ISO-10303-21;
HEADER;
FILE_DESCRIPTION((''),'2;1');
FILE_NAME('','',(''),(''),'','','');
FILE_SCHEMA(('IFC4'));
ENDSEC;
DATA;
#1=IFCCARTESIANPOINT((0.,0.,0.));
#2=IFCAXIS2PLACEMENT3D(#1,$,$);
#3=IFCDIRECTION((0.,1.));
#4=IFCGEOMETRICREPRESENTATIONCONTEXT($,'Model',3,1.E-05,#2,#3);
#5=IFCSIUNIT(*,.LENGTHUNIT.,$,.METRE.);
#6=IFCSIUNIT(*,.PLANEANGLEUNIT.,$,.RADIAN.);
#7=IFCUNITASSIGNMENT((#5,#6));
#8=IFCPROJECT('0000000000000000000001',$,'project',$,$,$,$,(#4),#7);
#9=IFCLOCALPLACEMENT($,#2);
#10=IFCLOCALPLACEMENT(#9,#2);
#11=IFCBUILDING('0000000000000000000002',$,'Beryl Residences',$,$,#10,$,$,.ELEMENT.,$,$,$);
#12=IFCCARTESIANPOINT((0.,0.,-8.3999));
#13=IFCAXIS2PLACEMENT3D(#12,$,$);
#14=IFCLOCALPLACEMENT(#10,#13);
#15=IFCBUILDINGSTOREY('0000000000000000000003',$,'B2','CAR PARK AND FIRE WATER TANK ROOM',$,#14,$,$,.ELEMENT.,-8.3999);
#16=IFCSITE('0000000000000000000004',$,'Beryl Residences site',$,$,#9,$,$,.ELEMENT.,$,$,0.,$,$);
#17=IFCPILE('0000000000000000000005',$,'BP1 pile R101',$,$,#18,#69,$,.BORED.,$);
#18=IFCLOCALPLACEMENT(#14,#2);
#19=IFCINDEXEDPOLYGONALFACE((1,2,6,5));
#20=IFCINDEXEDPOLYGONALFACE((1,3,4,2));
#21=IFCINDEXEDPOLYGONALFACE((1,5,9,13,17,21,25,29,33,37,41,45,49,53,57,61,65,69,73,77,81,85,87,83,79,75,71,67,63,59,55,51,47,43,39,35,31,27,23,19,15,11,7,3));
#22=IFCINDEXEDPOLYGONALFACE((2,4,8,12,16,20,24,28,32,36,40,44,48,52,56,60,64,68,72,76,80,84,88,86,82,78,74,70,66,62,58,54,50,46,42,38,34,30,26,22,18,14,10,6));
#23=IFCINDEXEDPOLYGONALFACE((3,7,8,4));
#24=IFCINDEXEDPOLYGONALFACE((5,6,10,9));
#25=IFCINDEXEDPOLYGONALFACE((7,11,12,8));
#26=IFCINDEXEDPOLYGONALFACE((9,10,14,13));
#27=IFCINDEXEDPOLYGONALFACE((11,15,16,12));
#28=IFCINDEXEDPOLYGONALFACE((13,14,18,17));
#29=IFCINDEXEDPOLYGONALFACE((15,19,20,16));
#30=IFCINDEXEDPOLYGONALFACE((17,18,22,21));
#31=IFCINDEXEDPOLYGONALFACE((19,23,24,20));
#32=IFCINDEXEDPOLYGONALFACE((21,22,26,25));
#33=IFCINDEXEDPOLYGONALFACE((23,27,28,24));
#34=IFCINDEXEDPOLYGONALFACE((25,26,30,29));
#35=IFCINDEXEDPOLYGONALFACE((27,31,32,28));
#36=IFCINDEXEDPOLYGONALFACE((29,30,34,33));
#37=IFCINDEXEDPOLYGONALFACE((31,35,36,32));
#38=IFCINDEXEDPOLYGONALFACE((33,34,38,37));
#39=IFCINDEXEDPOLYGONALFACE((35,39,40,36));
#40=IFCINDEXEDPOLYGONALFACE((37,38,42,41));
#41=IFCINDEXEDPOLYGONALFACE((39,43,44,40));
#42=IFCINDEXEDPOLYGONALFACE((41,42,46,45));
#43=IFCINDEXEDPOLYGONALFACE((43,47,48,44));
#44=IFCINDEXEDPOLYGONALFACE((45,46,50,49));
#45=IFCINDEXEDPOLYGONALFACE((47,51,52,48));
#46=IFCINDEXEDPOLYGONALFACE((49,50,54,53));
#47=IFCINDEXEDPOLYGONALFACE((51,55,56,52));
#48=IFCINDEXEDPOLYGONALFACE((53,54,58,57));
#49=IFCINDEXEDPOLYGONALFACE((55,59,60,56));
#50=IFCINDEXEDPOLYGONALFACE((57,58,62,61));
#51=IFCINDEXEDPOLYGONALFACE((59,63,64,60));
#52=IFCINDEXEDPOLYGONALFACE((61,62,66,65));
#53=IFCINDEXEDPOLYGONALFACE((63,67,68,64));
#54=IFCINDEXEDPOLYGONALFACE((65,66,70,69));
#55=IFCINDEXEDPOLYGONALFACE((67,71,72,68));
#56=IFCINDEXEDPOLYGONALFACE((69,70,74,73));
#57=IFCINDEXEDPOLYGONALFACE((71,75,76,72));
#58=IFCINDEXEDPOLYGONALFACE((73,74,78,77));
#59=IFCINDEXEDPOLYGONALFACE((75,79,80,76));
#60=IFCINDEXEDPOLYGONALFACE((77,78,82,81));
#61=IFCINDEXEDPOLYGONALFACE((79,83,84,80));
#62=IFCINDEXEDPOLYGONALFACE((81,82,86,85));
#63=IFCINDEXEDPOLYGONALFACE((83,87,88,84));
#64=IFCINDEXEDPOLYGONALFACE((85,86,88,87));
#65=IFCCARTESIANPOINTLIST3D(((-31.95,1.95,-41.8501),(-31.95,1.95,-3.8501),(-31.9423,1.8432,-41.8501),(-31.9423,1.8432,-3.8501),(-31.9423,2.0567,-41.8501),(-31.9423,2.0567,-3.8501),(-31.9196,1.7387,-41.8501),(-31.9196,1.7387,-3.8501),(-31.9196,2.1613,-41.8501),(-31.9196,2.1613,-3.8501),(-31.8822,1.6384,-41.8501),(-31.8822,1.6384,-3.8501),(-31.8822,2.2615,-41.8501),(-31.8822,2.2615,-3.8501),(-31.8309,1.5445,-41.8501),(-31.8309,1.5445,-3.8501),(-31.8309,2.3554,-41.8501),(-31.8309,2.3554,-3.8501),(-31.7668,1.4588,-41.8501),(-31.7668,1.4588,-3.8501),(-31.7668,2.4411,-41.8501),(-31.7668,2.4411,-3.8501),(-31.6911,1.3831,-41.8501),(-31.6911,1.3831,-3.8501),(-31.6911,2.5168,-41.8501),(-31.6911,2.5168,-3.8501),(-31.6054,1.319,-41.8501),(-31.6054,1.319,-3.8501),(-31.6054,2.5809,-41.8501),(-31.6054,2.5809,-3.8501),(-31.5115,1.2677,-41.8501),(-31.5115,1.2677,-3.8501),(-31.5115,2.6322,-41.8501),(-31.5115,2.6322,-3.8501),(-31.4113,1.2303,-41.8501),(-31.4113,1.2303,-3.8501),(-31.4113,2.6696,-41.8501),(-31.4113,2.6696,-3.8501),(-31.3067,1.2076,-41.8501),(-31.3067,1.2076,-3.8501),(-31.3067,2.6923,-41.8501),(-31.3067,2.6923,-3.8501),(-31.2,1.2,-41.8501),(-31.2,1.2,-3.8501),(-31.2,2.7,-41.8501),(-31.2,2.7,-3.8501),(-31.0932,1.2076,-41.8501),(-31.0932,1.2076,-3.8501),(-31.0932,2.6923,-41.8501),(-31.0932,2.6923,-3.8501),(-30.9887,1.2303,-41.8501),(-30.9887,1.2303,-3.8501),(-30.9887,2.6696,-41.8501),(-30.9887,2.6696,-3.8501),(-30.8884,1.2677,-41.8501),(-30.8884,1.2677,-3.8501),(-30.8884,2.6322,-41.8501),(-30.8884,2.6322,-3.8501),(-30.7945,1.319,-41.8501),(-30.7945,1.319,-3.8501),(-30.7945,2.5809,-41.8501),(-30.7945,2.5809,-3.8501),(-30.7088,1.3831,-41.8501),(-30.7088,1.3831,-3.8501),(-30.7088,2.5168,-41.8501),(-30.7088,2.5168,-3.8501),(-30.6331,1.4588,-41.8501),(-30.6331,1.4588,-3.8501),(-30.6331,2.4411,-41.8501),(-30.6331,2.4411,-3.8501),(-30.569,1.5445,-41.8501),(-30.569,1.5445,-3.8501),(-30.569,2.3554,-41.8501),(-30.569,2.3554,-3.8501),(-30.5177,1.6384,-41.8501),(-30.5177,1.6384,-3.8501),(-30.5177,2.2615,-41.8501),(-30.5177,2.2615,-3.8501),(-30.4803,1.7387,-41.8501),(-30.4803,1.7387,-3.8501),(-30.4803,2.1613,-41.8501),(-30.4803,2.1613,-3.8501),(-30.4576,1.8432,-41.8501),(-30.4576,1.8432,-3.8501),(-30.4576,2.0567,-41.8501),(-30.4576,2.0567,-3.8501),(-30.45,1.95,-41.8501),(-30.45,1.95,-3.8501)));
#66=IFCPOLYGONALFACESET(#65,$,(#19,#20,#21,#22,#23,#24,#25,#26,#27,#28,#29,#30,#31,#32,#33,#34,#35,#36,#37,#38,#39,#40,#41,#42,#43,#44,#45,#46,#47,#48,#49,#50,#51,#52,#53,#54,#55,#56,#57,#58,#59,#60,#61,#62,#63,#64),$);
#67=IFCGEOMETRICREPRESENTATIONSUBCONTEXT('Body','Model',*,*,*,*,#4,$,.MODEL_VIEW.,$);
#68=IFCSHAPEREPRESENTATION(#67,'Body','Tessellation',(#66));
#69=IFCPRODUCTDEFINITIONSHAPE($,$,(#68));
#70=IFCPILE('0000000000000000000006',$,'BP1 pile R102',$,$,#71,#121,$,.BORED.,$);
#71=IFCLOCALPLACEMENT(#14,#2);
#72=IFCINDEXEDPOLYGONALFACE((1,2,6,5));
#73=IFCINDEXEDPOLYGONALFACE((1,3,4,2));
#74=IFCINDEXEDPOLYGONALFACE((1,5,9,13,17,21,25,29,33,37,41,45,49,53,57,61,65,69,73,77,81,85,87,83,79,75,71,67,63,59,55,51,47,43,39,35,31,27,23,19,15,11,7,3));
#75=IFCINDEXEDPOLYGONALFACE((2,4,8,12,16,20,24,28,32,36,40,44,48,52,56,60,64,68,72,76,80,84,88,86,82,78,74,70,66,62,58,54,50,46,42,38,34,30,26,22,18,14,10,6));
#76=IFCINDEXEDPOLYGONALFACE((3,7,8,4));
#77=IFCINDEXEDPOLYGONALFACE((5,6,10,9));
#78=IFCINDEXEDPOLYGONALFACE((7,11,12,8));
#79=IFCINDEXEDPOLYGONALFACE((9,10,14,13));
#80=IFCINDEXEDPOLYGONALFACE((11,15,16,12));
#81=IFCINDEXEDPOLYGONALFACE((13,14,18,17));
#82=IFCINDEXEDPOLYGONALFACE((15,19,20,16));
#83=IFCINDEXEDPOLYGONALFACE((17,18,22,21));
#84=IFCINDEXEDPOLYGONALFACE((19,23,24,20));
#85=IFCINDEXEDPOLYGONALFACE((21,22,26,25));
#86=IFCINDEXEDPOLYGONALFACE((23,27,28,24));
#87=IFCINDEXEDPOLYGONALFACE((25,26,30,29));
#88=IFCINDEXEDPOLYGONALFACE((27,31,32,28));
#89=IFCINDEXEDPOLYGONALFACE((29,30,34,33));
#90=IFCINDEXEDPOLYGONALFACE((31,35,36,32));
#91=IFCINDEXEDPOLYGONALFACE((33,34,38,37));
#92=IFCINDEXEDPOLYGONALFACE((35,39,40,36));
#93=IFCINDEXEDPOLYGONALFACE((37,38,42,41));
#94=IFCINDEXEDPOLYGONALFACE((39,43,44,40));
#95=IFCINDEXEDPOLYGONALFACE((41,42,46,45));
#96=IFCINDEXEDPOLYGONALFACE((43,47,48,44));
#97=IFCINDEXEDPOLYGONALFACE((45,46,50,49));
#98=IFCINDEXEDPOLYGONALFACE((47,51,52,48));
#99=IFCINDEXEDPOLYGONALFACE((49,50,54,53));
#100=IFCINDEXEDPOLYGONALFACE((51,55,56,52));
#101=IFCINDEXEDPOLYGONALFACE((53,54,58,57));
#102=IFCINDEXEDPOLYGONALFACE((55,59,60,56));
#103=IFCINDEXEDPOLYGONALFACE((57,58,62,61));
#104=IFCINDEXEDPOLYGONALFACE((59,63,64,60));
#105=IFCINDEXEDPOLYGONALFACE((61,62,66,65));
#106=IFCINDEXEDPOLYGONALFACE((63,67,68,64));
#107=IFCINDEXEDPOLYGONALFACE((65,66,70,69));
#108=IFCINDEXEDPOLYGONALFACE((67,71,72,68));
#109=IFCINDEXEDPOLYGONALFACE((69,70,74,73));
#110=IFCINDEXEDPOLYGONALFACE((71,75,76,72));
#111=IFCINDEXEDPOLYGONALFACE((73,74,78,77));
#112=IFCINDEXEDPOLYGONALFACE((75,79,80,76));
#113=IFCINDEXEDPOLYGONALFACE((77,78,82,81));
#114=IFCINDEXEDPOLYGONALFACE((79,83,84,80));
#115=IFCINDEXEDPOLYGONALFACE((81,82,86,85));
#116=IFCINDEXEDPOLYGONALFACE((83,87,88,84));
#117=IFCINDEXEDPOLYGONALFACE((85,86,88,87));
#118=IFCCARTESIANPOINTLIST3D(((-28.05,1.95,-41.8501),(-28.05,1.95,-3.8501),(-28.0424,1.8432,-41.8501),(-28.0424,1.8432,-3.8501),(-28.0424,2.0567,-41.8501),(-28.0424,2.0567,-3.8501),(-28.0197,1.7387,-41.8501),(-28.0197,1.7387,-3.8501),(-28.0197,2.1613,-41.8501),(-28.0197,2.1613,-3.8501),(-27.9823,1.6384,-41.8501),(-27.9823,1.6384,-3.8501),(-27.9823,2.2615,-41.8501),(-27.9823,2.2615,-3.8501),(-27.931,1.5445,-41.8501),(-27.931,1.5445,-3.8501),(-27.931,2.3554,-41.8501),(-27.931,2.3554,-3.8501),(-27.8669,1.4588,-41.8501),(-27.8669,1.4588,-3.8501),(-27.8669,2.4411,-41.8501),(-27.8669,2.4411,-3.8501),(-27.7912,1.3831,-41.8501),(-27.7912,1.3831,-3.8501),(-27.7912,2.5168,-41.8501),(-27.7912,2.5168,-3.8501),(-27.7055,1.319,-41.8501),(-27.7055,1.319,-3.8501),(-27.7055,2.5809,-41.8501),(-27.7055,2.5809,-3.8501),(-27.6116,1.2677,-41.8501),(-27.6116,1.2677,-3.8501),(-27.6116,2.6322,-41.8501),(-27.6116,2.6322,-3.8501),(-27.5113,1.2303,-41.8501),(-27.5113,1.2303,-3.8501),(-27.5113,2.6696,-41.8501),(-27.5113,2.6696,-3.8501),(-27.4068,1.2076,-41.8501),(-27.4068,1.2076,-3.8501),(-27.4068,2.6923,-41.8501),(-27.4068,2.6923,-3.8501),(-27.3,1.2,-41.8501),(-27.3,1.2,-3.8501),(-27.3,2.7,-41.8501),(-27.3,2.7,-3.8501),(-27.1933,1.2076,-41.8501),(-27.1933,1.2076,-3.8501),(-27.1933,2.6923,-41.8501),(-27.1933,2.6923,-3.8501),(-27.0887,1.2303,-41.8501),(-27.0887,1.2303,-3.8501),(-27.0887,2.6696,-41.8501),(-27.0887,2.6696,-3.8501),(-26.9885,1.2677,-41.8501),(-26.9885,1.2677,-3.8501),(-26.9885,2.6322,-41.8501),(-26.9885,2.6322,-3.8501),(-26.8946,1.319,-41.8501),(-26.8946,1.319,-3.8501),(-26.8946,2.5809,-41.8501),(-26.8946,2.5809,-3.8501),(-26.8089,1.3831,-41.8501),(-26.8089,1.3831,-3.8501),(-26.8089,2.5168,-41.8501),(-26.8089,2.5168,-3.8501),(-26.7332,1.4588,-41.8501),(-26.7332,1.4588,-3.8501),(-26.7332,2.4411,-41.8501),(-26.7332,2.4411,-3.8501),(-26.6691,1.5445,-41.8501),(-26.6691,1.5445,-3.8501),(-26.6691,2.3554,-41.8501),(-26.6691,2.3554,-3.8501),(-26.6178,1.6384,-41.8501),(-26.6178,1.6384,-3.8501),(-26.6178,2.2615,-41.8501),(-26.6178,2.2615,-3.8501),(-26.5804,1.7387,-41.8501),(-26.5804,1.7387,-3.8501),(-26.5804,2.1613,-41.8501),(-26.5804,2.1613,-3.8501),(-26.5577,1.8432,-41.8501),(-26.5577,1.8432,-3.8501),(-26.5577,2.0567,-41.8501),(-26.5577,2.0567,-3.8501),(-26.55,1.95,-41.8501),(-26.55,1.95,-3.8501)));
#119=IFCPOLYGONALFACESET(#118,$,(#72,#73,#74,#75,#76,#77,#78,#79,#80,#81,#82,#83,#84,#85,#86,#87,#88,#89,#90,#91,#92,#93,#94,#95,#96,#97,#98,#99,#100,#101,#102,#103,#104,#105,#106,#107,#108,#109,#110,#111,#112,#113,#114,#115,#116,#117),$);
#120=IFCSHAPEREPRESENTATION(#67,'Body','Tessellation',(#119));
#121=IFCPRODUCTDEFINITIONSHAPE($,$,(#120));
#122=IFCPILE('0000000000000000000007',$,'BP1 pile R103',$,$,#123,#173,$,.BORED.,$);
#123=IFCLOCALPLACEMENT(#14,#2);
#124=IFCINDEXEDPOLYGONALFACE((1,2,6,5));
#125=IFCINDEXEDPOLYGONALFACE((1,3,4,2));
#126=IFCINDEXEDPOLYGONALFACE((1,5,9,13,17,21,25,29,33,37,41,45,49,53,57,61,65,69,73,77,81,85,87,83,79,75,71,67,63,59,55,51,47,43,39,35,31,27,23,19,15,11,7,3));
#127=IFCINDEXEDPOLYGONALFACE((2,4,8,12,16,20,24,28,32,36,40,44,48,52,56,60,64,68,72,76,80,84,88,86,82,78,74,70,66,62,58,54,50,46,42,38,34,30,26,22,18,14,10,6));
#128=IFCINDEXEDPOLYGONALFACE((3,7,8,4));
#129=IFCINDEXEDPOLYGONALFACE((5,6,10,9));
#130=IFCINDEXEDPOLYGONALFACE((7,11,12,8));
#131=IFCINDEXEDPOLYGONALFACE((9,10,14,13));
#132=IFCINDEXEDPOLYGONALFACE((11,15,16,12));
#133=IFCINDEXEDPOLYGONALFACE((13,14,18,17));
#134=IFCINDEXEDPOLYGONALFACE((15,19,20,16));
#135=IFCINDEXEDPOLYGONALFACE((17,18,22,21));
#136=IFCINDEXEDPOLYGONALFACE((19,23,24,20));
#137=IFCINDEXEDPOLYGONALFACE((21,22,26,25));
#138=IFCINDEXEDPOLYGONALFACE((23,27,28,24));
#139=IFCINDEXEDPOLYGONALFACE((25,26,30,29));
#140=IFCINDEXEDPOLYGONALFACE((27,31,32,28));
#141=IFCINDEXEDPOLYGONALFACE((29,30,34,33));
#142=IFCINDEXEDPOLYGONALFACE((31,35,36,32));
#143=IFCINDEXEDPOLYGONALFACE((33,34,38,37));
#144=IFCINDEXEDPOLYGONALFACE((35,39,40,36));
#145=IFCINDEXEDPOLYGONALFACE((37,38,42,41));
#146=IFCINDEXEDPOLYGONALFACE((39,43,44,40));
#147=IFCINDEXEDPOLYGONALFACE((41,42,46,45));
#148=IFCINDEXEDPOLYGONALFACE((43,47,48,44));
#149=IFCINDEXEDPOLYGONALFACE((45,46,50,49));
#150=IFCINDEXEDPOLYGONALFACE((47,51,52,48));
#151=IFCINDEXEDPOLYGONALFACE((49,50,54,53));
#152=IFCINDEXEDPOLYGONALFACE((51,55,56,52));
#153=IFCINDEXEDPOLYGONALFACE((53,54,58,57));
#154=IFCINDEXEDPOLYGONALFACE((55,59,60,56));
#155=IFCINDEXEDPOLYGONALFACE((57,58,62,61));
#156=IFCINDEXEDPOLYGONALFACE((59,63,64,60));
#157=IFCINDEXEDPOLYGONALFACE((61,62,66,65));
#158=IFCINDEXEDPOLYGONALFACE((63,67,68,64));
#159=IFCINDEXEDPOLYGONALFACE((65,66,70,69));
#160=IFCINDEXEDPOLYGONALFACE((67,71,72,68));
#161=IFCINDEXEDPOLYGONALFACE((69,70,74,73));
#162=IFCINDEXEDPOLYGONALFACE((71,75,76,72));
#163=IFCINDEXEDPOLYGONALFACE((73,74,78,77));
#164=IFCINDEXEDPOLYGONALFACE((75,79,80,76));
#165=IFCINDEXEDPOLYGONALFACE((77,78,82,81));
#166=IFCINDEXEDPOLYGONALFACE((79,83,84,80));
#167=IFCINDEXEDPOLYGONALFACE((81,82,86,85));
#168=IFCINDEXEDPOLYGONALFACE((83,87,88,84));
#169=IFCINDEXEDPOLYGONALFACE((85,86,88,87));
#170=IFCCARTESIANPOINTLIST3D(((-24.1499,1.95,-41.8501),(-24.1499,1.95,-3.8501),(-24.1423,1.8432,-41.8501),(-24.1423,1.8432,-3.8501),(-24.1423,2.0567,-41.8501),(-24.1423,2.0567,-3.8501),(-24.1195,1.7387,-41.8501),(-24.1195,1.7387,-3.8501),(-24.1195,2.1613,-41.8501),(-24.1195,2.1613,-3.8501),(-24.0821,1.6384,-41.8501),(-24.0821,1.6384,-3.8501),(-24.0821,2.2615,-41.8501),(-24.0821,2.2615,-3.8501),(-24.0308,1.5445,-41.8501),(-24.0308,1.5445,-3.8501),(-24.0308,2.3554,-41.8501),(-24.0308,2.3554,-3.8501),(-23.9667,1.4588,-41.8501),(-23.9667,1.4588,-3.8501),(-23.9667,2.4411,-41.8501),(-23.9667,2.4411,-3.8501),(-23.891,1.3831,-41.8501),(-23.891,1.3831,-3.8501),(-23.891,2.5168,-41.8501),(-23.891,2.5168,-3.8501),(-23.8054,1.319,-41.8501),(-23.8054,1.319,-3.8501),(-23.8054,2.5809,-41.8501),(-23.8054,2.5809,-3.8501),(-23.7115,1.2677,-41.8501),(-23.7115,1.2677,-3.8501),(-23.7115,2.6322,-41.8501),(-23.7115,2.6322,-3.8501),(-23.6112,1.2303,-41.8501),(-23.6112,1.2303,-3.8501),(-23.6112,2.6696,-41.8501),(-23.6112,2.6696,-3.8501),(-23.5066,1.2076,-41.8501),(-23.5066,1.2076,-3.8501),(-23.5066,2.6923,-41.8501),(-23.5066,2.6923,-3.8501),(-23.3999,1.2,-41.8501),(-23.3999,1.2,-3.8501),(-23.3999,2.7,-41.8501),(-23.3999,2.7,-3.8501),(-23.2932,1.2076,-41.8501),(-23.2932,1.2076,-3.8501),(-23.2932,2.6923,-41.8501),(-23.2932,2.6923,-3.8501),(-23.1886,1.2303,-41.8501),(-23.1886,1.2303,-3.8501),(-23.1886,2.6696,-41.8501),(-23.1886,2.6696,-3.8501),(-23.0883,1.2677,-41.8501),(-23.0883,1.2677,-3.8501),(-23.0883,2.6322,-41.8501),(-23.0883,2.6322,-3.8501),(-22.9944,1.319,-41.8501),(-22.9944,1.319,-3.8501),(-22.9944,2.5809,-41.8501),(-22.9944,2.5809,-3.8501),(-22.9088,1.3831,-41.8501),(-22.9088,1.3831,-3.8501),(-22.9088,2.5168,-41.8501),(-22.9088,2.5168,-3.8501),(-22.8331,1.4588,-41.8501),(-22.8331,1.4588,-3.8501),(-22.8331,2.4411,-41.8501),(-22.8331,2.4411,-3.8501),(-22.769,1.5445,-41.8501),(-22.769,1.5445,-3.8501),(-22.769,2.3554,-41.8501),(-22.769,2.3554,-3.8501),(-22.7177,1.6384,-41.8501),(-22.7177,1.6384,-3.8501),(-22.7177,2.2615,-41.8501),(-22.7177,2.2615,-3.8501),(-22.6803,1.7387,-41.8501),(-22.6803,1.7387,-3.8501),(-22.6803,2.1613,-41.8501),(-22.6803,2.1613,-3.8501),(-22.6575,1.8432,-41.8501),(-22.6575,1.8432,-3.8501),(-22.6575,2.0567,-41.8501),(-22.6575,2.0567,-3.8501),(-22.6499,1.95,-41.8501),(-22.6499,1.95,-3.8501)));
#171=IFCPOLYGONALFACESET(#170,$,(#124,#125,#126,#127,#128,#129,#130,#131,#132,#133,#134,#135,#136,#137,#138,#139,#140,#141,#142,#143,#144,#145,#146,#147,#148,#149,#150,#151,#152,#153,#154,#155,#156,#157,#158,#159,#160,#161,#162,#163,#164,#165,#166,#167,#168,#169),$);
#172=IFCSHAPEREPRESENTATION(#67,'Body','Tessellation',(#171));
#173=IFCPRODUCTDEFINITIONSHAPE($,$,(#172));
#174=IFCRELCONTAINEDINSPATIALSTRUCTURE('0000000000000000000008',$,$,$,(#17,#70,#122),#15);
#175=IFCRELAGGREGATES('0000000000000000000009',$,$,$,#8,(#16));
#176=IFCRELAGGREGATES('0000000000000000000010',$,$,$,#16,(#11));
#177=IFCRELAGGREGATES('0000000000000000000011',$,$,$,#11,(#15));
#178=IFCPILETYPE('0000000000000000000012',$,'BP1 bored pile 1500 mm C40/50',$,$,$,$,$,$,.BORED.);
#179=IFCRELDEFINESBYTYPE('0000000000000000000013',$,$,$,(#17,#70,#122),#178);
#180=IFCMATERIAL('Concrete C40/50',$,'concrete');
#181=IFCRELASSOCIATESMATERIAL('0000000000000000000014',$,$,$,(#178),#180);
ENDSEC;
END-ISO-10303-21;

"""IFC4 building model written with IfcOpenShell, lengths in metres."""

from ifc_helpers import new_model, si_unit, direction, frame, origin, origin_2d, place, context, subcontext, project, spatial, circle, extrude, material, material_profile, profile_set, type_object, element, save


model = new_model("IFC4")

# Units and contexts
model_context = context("Model", 3, precision=1e-05, world=origin(), true_north=direction((0.0, 1.0)))
body_context = subcontext(model_context, "Body", "Model", "MODEL_VIEW")
ifc_project = project(units=[si_unit("LENGTHUNIT", "METRE"), si_unit("PLANEANGLEUNIT", "RADIAN")], contexts=[model_context])

# Site, building, storey
site_placement = place(None, origin())
site = spatial("IfcSite", under=ifc_project, at=site_placement, Name="Beryl Residences site", CompositionType="ELEMENT", RefElevation=0.0)
building_placement = place(site_placement, origin())
building = spatial("IfcBuilding", under=site, at=building_placement, Name="Beryl Residences", CompositionType="ELEMENT")
storey_placement = place(building_placement, frame((0.0, 0.0, -8.3999)))
storey = spatial("IfcBuildingStorey", under=building, at=storey_placement, Name="B2", Description="CAR PARK AND FIRE WATER TANK ROOM", CompositionType="ELEMENT", Elevation=-8.3999)

# Piles
ifc_material_1 = material(Name="Concrete C40/50", Category="concrete")
ifc_material_profile_1 = material_profile(ifc_material_1, circle(Radius=0.75, at=origin_2d()))
ifc_profile_set_1 = profile_set([ifc_material_profile_1], Name="Concrete C40/50")
pile_type_1 = type_object("IfcPileType", Name="BP1 bored pile 1500 mm C40/50", PredefinedType="BORED", material=ifc_profile_set_1)
for number, where, z_axis, x_axis, name in (
    (1, (-31.2, 1.95, -3.8501), (0.0, 0.0, -1.0), (1.0, 0.0, 0.0), "BP1 pile R101"),
    (2, (-27.3, 1.95, -3.8501), (0.0, 0.0, -1.0), (1.0, 0.0, 0.0), "BP1 pile R102"),
    (3, (-23.3999, 1.95, -3.8501), (0.0, 0.0, -1.0), (1.0, 0.0, 0.0), "BP1 pile R103"),
):
    element("IfcPile", number, at=place(storey_placement, frame(where, z_axis=z_axis, x_axis=x_axis)), inside=storey, type_object=pile_type_1, Name=name, PredefinedType="BORED", context=body_context, shape_type="SweptSolid", body=[
        extrude(circle(Radius=0.75, at=origin_2d()), origin(), (0.0, 0.0, 1.0), 38.0),
    ])

save(model, "model.ifc")
